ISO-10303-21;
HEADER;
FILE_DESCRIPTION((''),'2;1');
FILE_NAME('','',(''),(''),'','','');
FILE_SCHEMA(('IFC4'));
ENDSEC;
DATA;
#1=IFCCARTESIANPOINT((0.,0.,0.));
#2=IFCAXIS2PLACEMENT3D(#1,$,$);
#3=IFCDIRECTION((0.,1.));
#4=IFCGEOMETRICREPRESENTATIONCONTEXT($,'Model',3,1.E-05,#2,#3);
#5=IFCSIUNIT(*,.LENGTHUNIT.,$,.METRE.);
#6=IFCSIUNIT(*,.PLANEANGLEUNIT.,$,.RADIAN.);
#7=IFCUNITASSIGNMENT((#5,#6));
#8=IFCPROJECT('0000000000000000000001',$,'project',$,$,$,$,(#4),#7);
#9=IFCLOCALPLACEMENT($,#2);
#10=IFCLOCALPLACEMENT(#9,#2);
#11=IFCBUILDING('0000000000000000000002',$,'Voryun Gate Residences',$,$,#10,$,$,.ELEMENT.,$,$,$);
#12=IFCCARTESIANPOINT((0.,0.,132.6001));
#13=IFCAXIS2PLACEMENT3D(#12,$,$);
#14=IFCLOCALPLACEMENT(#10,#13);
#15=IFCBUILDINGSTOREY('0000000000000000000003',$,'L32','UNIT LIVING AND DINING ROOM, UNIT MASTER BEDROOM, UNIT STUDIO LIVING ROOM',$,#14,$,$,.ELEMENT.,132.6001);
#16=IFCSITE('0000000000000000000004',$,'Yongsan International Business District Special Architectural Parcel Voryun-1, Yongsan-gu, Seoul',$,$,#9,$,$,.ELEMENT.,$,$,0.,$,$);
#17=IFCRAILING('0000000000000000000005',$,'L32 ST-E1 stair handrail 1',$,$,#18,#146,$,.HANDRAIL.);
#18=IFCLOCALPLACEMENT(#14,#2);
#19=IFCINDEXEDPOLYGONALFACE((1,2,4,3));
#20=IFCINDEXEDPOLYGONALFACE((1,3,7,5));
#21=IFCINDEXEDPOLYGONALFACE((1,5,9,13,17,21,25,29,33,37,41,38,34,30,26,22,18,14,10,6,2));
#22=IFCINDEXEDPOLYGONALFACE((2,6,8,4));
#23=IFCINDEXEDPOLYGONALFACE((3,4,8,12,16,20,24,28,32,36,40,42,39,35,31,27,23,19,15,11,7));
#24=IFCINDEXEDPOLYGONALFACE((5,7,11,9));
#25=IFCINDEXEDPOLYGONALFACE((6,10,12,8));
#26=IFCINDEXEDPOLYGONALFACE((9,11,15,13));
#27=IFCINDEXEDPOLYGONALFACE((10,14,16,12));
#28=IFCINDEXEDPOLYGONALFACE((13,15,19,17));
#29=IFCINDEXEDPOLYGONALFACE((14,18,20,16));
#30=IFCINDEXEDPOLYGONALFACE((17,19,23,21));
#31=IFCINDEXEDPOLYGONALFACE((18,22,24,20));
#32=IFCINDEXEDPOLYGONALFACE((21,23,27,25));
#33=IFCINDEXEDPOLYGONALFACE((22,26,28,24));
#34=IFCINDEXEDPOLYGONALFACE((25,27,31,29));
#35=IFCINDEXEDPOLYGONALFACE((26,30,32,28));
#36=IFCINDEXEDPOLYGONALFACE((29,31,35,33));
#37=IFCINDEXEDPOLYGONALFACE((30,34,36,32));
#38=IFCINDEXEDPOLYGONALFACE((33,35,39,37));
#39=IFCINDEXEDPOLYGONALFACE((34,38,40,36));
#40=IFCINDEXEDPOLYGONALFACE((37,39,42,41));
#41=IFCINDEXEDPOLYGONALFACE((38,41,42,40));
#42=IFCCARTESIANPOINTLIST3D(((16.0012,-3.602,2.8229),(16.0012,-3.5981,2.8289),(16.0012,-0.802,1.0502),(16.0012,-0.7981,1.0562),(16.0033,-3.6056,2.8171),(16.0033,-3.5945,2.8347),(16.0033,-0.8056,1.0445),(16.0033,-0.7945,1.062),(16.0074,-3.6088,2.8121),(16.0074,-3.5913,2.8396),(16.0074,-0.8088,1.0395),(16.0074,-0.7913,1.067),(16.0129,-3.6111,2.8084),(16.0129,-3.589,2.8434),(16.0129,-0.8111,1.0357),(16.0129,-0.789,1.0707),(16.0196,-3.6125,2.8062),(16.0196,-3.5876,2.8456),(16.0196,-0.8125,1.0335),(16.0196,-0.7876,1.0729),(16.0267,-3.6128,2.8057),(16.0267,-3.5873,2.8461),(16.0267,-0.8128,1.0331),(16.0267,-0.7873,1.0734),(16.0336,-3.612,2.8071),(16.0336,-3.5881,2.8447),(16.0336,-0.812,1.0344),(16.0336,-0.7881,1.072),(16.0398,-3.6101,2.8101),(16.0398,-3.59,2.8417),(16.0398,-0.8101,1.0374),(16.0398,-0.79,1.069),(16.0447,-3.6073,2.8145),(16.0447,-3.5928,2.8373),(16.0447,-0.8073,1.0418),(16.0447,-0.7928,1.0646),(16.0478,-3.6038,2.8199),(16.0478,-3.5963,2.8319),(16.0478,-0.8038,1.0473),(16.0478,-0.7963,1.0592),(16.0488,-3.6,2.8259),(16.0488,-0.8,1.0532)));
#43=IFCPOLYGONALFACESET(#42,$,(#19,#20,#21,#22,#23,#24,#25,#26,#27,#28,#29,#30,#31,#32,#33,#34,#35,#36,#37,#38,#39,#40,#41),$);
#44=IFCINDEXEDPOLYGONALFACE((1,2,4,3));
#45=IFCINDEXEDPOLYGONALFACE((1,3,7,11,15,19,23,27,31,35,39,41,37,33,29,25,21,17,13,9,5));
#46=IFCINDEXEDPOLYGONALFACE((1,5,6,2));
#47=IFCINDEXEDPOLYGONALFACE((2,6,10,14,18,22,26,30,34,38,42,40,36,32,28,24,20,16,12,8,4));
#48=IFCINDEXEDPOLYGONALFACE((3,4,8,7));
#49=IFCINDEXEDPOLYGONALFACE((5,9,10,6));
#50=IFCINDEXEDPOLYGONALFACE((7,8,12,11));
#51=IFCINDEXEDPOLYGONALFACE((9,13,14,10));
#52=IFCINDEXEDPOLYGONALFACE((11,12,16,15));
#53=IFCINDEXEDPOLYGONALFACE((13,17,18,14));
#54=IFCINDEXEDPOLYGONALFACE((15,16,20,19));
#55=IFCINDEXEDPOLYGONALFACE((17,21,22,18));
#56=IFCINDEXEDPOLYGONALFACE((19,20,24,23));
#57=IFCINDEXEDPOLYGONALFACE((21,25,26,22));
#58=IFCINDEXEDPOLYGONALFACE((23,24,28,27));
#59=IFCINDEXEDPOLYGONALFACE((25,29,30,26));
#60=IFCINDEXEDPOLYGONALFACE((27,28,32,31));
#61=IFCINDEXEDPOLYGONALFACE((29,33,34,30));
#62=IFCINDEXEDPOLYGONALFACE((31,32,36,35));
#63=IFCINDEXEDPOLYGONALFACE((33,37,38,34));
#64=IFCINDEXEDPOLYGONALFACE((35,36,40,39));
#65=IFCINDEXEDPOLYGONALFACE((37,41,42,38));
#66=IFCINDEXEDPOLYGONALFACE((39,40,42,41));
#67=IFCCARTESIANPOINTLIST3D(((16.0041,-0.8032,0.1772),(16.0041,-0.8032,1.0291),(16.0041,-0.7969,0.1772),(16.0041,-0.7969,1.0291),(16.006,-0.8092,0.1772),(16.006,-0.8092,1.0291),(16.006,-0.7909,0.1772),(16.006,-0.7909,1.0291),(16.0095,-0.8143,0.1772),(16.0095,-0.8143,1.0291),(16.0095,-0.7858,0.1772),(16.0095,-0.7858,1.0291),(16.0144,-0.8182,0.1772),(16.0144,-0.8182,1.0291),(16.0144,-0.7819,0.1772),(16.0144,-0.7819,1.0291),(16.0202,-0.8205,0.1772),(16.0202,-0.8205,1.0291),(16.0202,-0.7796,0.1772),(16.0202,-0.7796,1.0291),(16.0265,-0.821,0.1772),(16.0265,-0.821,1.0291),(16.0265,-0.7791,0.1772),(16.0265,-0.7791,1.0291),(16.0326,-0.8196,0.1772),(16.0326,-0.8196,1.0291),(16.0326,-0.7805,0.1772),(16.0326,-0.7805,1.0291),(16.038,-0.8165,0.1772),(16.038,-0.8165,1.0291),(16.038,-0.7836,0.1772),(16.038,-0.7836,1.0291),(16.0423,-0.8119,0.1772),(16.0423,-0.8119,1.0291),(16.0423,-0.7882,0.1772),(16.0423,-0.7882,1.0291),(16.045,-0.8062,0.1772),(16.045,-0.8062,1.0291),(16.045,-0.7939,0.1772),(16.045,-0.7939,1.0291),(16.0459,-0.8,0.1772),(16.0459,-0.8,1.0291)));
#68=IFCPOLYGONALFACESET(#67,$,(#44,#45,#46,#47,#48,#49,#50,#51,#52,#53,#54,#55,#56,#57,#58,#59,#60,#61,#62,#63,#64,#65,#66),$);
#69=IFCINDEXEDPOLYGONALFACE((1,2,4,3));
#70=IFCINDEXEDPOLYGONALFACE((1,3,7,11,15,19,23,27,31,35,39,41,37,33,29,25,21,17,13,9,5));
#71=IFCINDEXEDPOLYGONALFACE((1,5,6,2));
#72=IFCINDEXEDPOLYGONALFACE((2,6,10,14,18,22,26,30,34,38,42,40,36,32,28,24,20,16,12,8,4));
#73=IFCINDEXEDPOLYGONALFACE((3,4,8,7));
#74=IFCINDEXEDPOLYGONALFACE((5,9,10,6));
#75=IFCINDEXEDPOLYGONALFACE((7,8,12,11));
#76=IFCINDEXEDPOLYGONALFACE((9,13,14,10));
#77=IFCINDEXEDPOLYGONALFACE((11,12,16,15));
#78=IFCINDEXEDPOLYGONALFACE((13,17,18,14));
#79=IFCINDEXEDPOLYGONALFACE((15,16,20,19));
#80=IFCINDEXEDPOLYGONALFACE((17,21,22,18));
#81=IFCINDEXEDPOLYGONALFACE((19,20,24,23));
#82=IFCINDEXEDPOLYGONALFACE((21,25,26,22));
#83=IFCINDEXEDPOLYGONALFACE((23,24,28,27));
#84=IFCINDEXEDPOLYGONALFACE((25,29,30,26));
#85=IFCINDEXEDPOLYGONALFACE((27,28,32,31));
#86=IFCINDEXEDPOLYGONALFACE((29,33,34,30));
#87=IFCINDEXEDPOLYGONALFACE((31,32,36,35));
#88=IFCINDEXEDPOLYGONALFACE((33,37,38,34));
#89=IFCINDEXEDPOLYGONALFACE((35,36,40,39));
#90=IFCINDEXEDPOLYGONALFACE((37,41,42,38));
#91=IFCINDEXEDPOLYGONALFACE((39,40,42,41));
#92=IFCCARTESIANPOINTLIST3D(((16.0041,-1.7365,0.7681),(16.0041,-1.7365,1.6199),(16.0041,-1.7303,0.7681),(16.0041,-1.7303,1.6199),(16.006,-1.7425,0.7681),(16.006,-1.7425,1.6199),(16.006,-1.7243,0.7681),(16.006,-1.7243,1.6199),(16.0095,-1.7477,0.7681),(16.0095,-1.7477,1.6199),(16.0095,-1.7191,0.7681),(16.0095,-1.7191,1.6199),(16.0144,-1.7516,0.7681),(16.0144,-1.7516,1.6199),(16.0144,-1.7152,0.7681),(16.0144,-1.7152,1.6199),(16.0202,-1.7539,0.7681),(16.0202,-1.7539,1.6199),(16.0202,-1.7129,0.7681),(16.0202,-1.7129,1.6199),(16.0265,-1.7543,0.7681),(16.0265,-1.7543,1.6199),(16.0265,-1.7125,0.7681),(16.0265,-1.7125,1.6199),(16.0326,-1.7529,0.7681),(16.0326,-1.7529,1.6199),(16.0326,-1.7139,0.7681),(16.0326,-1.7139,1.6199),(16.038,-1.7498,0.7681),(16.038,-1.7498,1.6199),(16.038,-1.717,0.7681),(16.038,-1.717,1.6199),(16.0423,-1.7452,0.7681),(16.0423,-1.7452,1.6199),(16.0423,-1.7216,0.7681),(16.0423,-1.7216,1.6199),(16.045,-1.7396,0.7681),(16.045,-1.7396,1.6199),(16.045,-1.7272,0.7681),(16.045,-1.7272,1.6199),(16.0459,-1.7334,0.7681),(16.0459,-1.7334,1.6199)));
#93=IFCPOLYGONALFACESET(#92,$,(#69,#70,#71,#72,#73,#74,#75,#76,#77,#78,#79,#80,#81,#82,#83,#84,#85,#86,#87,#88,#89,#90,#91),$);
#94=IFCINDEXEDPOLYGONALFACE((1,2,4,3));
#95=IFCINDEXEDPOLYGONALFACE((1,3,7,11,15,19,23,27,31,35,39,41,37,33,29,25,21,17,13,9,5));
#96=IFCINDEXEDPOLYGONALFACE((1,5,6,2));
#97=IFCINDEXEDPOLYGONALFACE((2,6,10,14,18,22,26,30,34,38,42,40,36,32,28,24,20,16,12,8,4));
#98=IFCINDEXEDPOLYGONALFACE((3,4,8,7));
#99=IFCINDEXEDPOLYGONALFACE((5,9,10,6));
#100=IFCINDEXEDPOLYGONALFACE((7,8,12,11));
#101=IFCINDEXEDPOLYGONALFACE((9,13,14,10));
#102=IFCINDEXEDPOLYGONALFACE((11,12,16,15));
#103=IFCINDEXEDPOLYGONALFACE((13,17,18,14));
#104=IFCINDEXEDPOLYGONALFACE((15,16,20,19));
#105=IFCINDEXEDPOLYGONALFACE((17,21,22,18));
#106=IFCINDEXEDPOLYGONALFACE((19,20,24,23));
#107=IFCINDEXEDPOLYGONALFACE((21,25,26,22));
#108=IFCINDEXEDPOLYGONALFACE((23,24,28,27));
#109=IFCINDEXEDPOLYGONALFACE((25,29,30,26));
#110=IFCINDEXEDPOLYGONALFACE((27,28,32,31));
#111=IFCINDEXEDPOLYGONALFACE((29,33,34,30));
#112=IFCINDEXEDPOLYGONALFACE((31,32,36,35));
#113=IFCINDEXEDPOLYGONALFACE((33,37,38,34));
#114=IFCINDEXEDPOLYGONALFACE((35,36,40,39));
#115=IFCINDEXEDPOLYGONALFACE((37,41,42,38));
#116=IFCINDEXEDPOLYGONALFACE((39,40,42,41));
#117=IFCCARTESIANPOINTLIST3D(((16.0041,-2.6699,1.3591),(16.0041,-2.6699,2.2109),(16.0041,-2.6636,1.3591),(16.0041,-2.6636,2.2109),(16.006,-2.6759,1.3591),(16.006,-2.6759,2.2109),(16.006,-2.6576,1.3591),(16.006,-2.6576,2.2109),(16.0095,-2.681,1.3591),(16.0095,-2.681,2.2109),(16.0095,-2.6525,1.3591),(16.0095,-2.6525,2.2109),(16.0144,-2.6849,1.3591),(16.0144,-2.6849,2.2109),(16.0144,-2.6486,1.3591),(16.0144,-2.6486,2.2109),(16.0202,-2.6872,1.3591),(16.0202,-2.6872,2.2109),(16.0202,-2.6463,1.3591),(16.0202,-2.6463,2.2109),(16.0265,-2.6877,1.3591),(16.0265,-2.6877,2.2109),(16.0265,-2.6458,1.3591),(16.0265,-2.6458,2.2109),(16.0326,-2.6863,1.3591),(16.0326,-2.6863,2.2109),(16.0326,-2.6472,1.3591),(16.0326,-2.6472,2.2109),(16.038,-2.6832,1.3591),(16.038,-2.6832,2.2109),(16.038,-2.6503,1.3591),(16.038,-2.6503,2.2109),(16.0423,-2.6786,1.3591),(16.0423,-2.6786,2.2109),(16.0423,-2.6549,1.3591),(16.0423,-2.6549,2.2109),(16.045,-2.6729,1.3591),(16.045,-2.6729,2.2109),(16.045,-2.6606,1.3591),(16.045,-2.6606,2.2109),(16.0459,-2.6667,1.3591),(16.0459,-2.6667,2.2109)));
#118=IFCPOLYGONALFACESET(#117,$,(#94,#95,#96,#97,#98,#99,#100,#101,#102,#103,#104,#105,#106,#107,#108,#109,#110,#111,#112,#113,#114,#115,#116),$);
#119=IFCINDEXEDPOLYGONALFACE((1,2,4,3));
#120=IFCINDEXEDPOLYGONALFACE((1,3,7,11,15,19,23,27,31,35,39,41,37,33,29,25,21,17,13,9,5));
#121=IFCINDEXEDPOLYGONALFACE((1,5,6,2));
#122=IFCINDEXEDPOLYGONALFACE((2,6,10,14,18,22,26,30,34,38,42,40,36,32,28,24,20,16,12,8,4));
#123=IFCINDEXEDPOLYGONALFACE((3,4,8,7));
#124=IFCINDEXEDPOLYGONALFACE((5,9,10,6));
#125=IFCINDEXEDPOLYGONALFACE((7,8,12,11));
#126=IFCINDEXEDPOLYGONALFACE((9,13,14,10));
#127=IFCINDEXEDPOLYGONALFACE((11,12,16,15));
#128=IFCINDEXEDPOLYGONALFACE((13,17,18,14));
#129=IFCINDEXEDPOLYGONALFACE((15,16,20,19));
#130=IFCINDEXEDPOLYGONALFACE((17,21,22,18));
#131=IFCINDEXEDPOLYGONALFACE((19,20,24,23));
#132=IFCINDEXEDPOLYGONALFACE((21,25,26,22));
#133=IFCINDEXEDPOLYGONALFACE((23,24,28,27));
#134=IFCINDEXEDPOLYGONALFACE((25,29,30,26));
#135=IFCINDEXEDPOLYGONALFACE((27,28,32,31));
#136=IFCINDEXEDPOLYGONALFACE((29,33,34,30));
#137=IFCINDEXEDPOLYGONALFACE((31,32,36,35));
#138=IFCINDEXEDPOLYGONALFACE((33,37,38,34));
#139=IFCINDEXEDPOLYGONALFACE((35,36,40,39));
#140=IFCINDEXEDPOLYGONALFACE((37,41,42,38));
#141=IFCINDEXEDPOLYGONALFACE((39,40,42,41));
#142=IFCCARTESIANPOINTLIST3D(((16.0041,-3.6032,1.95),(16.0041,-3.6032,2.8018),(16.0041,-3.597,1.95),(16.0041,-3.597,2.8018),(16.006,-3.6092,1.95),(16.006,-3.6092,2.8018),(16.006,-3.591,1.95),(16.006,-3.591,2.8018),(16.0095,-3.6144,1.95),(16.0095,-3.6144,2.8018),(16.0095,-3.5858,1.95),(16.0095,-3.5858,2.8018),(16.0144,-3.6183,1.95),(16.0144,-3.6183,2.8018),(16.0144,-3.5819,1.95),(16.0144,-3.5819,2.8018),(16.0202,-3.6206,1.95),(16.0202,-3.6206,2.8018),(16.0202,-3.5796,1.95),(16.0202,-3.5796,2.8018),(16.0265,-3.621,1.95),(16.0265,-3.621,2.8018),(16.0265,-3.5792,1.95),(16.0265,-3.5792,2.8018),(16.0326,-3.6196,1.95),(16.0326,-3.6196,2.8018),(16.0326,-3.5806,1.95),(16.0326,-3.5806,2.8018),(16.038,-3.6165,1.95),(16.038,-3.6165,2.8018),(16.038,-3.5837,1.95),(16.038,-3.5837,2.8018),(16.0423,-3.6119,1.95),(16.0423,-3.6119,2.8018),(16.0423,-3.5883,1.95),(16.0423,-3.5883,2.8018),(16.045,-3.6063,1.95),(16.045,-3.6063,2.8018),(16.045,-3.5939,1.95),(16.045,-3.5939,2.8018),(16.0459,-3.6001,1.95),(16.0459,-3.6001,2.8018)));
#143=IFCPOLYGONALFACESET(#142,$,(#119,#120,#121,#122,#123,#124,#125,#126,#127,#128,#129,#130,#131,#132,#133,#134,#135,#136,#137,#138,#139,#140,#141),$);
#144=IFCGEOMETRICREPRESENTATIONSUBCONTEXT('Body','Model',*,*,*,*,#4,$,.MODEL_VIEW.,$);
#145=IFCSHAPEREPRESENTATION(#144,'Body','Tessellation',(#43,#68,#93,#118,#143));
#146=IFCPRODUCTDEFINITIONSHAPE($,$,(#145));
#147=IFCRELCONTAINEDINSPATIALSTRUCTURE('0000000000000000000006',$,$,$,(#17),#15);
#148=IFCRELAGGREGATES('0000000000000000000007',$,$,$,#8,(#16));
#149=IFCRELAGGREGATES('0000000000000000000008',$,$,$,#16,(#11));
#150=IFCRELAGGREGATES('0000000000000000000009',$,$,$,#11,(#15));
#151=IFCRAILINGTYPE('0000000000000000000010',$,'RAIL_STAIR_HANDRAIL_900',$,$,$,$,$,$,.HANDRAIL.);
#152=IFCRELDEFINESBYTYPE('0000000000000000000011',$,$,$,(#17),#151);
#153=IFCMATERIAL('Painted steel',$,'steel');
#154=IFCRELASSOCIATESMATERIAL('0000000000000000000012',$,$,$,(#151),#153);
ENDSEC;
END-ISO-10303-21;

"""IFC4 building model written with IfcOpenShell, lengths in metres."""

from ifc_helpers import new_model, si_unit, direction, frame, origin, origin_2d, place, context, subcontext, project, spatial, circle, extrude, material, type_object, element, save


model = new_model("IFC4")

# Units and contexts
model_context = context("Model", 3, precision=1e-05, world=origin(), true_north=direction((0.0, 1.0)))
body_context = subcontext(model_context, "Body", "Model", "MODEL_VIEW")
ifc_project = project(units=[si_unit("LENGTHUNIT", "METRE"), si_unit("PLANEANGLEUNIT", "RADIAN")], contexts=[model_context])

# Site, building, storey
site_placement = place(None, origin())
site = spatial("IfcSite", under=ifc_project, at=site_placement, Name="Yongsan International Business District Special Architectural Parcel Voryun-1, Yongsan-gu, Seoul", CompositionType="ELEMENT", RefElevation=0.0)
building_placement = place(site_placement, origin())
building = spatial("IfcBuilding", under=site, at=building_placement, Name="Voryun Gate Residences", CompositionType="ELEMENT")
storey_placement = place(building_placement, frame((0.0, 0.0, 132.6001)))
storey = spatial("IfcBuildingStorey", under=building, at=storey_placement, Name="L32", Description="UNIT LIVING AND DINING ROOM, UNIT MASTER BEDROOM, UNIT STUDIO LIVING ROOM", CompositionType="ELEMENT", Elevation=132.6001)

# Railing
ifc_material_1 = material(Name="Painted steel", Category="steel")
railing_type_1 = type_object("IfcRailingType", Name="RAIL_STAIR_HANDRAIL_900", PredefinedType="HANDRAIL", material=ifc_material_1)
railing_1_placement = place(storey_placement, frame((16.0249, -0.8, 0.1772)))
element("IfcRailing", 1, at=railing_1_placement, inside=storey, type_object=railing_type_1, Name="L32 ST-E1 stair handrail 1", PredefinedType="HANDRAIL", context=body_context, shape_type="SweptSolid", body=[
    extrude(circle(Radius=0.0239, at=origin_2d()), frame((0.0, 0.0, 0.876), z_axis=(0.0, -0.844909, 0.53491), x_axis=(1.0, 0.0, 0.0)), (0.0, 0.0, 1.0), 3.314),
    extrude(circle(Radius=0.021, at=origin_2d()), origin(), (0.0, 0.0, 1.0), 0.8518),
    extrude(circle(Radius=0.021, at=origin_2d()), frame((0.0, -0.9333, 0.5908)), (0.0, 0.0, 1.0), 0.8518),
    extrude(circle(Radius=0.021, at=origin_2d()), frame((0.0, -1.8667, 1.1819)), (0.0, 0.0, 1.0), 0.8518),
    extrude(circle(Radius=0.021, at=origin_2d()), frame((0.0, -2.8, 1.7727)), (0.0, 0.0, 1.0), 0.8518),
])

save(model, "model.ifc")
